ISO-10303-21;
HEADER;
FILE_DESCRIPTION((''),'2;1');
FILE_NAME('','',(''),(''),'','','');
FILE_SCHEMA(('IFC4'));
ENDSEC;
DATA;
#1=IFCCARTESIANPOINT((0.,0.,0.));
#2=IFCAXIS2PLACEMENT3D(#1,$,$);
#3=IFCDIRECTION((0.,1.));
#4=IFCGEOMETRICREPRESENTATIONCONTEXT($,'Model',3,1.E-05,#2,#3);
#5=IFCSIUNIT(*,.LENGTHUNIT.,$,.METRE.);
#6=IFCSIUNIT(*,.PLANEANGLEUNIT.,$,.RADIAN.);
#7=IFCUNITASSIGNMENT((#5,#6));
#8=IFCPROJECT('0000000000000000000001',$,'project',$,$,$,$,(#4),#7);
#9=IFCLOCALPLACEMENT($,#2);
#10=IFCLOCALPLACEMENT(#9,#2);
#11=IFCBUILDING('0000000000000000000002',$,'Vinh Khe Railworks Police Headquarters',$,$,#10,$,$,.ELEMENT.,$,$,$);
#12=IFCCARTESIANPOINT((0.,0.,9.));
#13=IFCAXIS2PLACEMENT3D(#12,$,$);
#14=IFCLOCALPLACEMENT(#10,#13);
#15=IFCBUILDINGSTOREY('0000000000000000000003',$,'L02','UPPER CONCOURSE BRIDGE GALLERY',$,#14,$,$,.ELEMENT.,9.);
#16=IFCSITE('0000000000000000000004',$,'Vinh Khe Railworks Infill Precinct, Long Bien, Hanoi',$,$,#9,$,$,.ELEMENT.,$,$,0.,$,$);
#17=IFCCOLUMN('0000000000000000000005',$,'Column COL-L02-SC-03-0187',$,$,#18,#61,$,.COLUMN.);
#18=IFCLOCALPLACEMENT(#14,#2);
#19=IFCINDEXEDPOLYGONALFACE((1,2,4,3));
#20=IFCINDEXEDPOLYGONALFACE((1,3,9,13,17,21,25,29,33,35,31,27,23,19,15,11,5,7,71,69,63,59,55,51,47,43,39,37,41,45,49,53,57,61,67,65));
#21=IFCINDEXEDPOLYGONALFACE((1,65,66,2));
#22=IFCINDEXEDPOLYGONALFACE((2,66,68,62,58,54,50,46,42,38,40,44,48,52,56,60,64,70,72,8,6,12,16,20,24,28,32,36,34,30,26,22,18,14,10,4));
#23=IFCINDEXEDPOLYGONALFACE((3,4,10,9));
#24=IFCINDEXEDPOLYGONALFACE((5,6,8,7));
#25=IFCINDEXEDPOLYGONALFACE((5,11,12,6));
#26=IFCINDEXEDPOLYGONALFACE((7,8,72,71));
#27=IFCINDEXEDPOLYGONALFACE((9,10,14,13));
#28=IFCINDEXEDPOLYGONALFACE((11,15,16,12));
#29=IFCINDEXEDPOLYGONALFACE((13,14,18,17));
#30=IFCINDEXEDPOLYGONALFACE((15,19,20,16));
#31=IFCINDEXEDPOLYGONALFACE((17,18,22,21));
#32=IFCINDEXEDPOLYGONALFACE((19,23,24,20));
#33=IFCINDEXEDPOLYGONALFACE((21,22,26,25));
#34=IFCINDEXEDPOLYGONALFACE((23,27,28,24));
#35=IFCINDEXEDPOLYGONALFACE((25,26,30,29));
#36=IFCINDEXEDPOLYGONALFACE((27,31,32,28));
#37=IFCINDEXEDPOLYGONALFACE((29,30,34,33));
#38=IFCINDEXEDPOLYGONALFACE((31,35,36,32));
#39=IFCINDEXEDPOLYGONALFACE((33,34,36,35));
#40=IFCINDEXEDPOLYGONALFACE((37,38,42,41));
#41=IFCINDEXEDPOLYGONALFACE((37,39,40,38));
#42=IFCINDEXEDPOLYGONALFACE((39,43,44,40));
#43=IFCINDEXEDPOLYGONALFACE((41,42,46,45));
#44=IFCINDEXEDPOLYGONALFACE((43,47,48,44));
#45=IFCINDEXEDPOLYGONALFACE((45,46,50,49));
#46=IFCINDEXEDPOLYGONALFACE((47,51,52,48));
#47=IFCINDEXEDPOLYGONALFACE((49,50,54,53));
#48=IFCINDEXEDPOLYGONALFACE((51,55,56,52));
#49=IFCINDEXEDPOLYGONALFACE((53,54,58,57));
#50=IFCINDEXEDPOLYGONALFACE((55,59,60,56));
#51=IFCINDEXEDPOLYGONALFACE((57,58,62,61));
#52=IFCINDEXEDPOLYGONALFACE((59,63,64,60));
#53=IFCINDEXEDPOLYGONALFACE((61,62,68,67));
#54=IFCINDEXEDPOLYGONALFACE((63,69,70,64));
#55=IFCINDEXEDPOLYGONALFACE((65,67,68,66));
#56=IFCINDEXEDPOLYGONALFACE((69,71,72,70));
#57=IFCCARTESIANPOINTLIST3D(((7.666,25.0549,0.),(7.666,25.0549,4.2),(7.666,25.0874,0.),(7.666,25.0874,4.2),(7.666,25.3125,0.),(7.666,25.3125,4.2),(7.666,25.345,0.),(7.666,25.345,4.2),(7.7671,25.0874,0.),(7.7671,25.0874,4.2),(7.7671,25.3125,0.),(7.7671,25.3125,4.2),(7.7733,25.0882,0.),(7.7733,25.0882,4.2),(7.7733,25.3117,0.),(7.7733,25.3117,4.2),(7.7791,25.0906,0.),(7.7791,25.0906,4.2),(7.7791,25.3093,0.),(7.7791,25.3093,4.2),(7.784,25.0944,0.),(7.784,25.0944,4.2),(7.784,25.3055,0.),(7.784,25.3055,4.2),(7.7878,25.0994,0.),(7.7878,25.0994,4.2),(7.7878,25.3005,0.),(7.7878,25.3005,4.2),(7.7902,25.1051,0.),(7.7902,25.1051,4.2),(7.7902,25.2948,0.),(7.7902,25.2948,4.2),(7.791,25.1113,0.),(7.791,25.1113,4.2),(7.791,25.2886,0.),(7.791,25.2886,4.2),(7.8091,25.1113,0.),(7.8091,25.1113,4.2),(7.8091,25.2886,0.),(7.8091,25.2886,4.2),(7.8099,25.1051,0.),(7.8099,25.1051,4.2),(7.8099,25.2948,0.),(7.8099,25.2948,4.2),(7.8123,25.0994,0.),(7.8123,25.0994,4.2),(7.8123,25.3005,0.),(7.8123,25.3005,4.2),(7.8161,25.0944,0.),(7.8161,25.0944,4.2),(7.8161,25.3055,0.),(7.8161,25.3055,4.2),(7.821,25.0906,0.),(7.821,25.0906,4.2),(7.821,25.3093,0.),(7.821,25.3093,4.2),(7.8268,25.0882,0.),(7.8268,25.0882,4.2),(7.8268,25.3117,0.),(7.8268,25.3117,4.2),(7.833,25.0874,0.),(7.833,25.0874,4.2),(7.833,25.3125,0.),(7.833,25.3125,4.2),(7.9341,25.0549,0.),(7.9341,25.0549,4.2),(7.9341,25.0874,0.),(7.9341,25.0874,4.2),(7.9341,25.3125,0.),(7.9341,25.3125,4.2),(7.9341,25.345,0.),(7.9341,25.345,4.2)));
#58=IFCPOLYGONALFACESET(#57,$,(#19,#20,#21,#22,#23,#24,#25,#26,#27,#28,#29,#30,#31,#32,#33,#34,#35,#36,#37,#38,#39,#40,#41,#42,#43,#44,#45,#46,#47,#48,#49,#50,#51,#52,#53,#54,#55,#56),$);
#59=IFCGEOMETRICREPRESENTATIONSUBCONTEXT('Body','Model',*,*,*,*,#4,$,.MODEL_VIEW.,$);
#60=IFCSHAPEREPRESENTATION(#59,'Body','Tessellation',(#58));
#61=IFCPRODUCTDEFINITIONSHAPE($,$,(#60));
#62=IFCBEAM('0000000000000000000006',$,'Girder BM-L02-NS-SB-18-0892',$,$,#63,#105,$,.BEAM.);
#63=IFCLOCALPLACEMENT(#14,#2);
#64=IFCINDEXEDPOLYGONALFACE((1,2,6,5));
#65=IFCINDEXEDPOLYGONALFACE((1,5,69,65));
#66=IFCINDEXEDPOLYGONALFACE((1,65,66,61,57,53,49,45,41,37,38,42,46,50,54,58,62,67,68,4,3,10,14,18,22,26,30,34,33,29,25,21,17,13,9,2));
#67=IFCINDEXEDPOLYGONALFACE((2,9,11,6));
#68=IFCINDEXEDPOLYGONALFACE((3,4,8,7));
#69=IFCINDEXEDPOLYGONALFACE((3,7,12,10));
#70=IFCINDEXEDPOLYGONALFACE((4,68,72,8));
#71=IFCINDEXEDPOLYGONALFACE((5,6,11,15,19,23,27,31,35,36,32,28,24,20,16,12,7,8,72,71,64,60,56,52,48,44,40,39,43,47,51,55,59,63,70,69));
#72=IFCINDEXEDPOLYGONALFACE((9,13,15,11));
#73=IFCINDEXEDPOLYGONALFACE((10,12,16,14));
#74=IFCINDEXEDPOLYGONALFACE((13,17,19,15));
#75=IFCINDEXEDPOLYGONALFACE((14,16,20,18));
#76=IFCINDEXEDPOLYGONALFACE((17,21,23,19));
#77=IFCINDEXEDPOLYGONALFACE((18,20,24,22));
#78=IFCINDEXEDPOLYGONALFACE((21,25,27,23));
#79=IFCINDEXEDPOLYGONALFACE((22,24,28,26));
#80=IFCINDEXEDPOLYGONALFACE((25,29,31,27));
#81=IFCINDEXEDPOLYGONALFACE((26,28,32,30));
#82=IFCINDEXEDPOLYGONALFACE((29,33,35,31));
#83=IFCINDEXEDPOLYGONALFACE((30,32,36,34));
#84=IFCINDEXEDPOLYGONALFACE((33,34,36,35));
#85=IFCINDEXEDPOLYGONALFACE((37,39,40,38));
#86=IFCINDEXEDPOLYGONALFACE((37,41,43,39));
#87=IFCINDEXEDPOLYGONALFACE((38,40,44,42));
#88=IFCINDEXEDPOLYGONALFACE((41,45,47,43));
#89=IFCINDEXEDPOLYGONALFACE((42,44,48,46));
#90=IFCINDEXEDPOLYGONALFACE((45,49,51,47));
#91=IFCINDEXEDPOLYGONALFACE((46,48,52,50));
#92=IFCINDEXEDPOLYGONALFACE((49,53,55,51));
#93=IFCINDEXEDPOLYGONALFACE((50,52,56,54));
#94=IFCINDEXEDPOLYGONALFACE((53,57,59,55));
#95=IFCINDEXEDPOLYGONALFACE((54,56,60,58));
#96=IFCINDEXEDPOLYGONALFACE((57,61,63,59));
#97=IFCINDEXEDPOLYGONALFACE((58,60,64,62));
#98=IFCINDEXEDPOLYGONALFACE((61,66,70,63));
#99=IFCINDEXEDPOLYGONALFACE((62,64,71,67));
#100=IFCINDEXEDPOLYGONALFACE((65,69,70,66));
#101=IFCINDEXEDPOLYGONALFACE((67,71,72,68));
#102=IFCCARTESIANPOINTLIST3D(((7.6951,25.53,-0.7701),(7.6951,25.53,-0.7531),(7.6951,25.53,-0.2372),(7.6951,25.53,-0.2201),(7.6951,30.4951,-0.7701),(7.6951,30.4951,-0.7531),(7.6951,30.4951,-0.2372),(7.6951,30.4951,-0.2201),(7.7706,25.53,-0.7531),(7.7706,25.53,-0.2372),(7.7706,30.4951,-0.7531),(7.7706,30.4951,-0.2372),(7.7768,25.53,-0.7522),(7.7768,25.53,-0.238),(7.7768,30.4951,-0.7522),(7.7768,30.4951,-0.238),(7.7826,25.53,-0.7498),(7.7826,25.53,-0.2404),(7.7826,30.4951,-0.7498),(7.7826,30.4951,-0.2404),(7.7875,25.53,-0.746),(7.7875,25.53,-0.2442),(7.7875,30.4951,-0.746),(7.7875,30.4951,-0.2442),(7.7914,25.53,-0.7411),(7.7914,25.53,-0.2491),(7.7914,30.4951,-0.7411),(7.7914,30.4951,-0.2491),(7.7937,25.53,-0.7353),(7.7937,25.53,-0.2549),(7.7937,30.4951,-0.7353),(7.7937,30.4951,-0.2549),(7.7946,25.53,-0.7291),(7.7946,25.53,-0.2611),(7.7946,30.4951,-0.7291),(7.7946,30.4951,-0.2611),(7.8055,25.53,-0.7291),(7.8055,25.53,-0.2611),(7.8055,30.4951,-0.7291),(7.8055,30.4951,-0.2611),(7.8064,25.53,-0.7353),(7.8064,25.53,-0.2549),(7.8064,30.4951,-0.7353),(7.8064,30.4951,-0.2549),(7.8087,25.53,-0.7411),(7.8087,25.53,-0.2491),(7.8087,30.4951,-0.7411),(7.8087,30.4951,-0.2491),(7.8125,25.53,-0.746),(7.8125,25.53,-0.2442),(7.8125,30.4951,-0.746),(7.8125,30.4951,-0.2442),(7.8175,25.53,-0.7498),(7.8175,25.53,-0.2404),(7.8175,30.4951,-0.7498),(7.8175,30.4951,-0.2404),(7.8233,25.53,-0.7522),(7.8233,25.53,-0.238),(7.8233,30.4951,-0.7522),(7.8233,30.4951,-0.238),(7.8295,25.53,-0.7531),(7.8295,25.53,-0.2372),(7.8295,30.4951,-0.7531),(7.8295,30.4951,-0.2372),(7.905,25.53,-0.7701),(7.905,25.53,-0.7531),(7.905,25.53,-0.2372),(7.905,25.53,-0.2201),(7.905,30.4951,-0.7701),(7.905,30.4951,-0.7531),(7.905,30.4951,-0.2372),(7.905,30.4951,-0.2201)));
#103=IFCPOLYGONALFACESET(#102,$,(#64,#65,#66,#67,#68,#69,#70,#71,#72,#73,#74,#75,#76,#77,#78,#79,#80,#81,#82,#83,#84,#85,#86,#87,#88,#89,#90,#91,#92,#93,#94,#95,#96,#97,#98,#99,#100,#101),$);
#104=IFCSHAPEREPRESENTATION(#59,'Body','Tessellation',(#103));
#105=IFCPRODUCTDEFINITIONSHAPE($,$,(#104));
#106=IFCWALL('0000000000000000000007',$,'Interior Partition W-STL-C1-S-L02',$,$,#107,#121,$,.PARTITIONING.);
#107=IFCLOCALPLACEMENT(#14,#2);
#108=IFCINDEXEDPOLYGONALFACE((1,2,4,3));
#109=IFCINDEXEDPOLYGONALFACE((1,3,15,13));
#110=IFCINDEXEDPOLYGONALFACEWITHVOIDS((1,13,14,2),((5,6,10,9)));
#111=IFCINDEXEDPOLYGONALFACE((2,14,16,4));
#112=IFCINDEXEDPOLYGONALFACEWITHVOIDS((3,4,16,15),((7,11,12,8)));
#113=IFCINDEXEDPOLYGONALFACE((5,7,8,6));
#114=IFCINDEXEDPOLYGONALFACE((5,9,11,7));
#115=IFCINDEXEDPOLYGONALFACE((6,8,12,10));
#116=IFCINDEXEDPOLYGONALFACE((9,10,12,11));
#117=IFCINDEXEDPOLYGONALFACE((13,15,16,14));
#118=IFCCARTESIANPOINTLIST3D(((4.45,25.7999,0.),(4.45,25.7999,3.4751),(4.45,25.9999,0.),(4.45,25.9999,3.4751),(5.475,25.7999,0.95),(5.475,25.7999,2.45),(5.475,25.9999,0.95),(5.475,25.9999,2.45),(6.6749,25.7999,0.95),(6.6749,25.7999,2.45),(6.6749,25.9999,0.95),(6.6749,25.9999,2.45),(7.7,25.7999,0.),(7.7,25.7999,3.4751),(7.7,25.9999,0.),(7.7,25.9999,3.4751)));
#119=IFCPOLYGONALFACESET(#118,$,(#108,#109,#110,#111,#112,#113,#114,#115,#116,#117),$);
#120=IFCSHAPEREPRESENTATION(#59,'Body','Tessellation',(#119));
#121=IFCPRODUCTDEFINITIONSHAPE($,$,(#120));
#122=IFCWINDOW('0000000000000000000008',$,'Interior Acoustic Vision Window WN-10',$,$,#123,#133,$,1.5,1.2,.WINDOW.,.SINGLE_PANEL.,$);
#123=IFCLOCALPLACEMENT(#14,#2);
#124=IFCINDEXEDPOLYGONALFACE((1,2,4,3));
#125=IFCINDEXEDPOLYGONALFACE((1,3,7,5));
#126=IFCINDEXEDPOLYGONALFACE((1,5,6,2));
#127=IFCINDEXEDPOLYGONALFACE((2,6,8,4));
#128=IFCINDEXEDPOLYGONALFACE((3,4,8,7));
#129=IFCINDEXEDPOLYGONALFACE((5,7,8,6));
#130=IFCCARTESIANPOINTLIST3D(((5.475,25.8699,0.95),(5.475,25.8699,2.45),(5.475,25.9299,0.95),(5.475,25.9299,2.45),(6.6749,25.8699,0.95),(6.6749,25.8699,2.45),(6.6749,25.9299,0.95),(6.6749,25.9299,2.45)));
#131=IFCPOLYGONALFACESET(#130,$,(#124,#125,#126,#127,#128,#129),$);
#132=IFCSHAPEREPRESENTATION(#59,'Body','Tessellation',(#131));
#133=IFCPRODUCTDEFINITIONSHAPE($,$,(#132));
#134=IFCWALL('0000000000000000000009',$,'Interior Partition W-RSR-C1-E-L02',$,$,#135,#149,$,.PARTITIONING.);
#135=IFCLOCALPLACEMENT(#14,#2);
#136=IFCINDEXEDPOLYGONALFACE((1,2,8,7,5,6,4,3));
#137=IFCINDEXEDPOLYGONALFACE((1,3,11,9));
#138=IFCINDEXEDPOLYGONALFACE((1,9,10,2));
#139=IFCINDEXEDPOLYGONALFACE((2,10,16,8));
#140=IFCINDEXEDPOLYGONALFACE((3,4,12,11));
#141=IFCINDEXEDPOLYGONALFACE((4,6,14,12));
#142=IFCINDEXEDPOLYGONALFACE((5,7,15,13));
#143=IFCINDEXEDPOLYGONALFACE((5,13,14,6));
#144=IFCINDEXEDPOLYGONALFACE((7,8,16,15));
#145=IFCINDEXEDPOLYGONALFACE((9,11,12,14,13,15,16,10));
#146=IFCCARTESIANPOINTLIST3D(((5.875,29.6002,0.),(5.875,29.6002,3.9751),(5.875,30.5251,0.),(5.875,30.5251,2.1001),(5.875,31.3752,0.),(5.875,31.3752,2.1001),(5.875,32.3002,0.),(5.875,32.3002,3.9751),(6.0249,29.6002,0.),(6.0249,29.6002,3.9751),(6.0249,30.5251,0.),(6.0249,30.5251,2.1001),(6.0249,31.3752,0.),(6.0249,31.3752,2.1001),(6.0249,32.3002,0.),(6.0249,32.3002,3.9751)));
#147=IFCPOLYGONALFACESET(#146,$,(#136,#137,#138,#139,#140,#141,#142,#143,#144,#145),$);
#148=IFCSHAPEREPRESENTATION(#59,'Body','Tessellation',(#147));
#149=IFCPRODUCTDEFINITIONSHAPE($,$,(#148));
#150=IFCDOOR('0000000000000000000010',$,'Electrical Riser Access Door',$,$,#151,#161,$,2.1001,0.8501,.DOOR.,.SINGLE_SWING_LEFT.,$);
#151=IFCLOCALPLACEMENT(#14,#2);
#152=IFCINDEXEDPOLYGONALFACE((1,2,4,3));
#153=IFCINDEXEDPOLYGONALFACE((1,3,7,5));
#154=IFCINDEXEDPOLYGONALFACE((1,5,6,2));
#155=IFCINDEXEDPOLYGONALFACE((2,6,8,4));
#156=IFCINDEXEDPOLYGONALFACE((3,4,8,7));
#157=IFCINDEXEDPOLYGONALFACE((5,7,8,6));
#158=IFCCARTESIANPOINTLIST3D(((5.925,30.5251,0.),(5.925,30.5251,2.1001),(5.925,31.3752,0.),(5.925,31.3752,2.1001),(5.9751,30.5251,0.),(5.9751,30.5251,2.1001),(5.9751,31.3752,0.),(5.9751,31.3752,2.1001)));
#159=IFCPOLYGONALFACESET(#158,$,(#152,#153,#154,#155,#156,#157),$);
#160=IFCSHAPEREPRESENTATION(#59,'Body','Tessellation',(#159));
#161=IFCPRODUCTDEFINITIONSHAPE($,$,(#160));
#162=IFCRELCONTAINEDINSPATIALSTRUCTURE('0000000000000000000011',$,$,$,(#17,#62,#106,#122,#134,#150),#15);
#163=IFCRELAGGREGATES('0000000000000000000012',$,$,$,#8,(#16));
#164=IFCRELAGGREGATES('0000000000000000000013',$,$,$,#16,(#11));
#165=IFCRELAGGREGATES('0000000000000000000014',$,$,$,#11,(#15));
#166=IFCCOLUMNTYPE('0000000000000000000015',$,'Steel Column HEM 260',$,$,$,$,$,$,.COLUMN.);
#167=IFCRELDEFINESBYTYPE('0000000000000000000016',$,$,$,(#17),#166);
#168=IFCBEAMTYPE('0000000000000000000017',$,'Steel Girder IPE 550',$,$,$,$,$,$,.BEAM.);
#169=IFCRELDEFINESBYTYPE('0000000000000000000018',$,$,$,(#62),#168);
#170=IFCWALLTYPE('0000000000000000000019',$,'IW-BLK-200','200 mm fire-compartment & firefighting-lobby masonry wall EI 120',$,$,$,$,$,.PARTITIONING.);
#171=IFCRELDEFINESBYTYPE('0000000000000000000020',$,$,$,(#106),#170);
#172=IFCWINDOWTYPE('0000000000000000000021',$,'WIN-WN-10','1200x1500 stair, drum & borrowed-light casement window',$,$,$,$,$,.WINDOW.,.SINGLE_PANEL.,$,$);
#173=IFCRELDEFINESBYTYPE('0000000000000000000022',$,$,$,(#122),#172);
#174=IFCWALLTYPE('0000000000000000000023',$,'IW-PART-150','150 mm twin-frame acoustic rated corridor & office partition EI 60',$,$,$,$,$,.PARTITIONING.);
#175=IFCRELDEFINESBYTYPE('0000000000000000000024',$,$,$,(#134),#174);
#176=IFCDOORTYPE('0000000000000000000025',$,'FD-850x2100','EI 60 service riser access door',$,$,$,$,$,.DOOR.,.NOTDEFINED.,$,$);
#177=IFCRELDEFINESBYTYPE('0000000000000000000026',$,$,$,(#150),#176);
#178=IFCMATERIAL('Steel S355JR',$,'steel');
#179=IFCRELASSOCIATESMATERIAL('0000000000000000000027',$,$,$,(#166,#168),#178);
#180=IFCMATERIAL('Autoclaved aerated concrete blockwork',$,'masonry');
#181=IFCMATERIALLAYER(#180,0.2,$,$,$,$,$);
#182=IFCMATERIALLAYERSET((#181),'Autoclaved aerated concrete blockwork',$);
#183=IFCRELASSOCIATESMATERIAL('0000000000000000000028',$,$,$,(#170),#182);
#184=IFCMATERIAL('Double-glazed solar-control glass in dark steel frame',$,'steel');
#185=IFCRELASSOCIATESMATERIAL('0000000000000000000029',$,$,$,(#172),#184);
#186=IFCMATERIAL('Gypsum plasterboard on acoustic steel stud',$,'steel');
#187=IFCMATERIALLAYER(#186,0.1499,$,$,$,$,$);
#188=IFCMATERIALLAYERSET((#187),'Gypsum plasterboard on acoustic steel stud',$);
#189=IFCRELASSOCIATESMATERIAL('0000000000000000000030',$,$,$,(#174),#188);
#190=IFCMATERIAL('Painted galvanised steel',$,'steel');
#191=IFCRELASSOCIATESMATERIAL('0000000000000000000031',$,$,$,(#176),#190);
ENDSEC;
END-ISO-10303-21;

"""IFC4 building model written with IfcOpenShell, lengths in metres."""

from ifc_helpers import new_model, si_unit, direction, frame, frame_2d, origin, origin_2d, place, context, subcontext, project, spatial, rectangle, i_section, extrude, material, layer, layer_set, material_profile, profile_set, type_object, element, fill, save


model = new_model("IFC4")

# Units and contexts
model_context = context("Model", 3, precision=1e-05, world=origin(), true_north=direction((0.0, 1.0)))
body_context = subcontext(model_context, "Body", "Model", "MODEL_VIEW")
ifc_project = project(units=[si_unit("LENGTHUNIT", "METRE"), si_unit("PLANEANGLEUNIT", "RADIAN")], contexts=[model_context])

# Site, building, storey
site_placement = place(None, origin())
site = spatial("IfcSite", under=ifc_project, at=site_placement, Name="Vinh Khe Railworks Infill Precinct, Long Bien, Hanoi", CompositionType="ELEMENT", RefElevation=0.0)
building_placement = place(site_placement, origin())
building = spatial("IfcBuilding", under=site, at=building_placement, Name="Vinh Khe Railworks Police Headquarters", CompositionType="ELEMENT")
storey_placement = place(building_placement, frame((0.0, 0.0, 9.0)))
storey = spatial("IfcBuildingStorey", under=building, at=storey_placement, Name="L02", Description="UPPER CONCOURSE BRIDGE GALLERY", CompositionType="ELEMENT", Elevation=9.0)

# Column
ifc_material_1 = material(Name="Steel S355JR", Category="steel")
ifc_material_profile_1 = material_profile(ifc_material_1, i_section(OverallWidth=0.2681, OverallDepth=0.29, WebThickness=0.0181, FlangeThickness=0.0325, FilletRadius=0.0239, at=origin_2d()), Name="HEM 260")
ifc_profile_set_1 = profile_set([ifc_material_profile_1], Name="Steel S355JR")
column_type = type_object("IfcColumnType", Name="Steel Column HEM 260", PredefinedType="COLUMN", material=ifc_profile_set_1)
column_placement = place(storey_placement, frame((7.8, 25.2, 0.0), z_axis=(0.0, 0.0, 1.0), x_axis=(1.0, 0.0, 0.0)))
element("IfcColumn", 1, at=column_placement, inside=storey, type_object=column_type, Name="Column COL-L02-SC-03-0187", PredefinedType="COLUMN", context=body_context, shape_type="SweptSolid", body=[
    extrude(i_section(OverallWidth=0.2681, OverallDepth=0.29, WebThickness=0.0181, FlangeThickness=0.0325, FilletRadius=0.0239, at=origin_2d()), origin(), (0.0, 0.0, 1.0), 4.2),
])

# Beam
ifc_material_profile_2 = material_profile(ifc_material_1, i_section(OverallWidth=0.21, OverallDepth=0.55, WebThickness=0.011, FlangeThickness=0.0171, FilletRadius=0.0239, at=origin_2d()), Name="IPE 550")
ifc_profile_set_2 = profile_set([ifc_material_profile_2], Name="Steel S355JR")
beam_type = type_object("IfcBeamType", Name="Steel Girder IPE 550", PredefinedType="BEAM", material=ifc_profile_set_2)
beam_placement = place(storey_placement, frame((7.8, 25.53, -0.4951), z_axis=(0.0, 1.0, 0.0), x_axis=(-1.0, 0.0, 0.0)))
element("IfcBeam", 2, at=beam_placement, inside=storey, type_object=beam_type, Name="Girder BM-L02-NS-SB-18-0892", PredefinedType="BEAM", context=body_context, shape_type="SweptSolid", body=[
    extrude(i_section(OverallWidth=0.21, OverallDepth=0.55, WebThickness=0.011, FlangeThickness=0.0171, FilletRadius=0.0239, at=origin_2d()), origin(), (0.0, 0.0, 1.0), 4.9651),
])

# Shared definitions
ifc_material_2 = material(Name="Painted galvanised steel", Category="steel")

# Wall, opening, window
ifc_material_3 = material(Name="Autoclaved aerated concrete blockwork", Category="masonry")
ifc_layer_1 = layer(ifc_material_3, 0.2)
ifc_layer_set_1 = layer_set([ifc_layer_1], Name="Autoclaved aerated concrete blockwork")
wall_type_1 = type_object("IfcWallType", Name="IW-BLK-200", Description="200 mm fire-compartment & firefighting-lobby masonry wall EI 120", PredefinedType="PARTITIONING", material=ifc_layer_set_1)
wall_1_placement = place(storey_placement, frame((4.45, 25.8999, 0.0), z_axis=(0.0, 0.0, 1.0), x_axis=(1.0, 0.0, 0.0)))
wall_1 = element("IfcWall", 3, at=wall_1_placement, inside=storey, type_object=wall_type_1, Name="Interior Partition W-STL-C1-S-L02", PredefinedType="PARTITIONING", context=body_context, shape_type="SweptSolid", body=[
    extrude(rectangle(XDim=3.25, YDim=0.2, at=frame_2d((1.625, 0.0))), origin(), (0.0, 0.0, 1.0), 3.4751),
])
opening_1_placement = place(wall_1_placement, frame((1.0249, 0.0, 0.95)))
opening_1 = element("IfcOpeningElement", 4, at=opening_1_placement, cuts=wall_1, PredefinedType="OPENING", context=body_context, shape_type="SweptSolid", body=[
    extrude(rectangle(XDim=1.2, YDim=1.5, at=frame_2d((0.6001, 0.75))), frame((0.0, 0.1147, 0.0), z_axis=(0.0, -1.0, 0.0), x_axis=(1.0, 0.0, 0.0)), (0.0, 0.0, 1.0), 0.2297),
])
ifc_material_4 = material(Name="Double-glazed solar-control glass in dark steel frame", Category="steel")
window_type = type_object("IfcWindowType", Name="WIN-WN-10", Description="1200x1500 stair, drum & borrowed-light casement window", PartitioningType="SINGLE_PANEL", PredefinedType="WINDOW", material=ifc_material_4)
window_placement = place(opening_1_placement, origin())
window = element("IfcWindow", 5, at=window_placement, inside=storey, type_object=window_type, Name="Interior Acoustic Vision Window WN-10", OverallHeight=1.5, OverallWidth=1.2, PartitioningType="SINGLE_PANEL", PredefinedType="WINDOW", context=body_context, shape_type="SweptSolid", body=[
    extrude(rectangle(XDim=1.2, YDim=1.5, at=frame_2d((0.6001, 0.75))), frame((0.0, 0.03, 0.0), z_axis=(0.0, -1.0, 0.0), x_axis=(1.0, 0.0, 0.0)), (0.0, 0.0, 1.0), 0.0601),
])
fill(opening_1, window)

# Wall, opening, door
ifc_material_5 = material(Name="Gypsum plasterboard on acoustic steel stud", Category="steel")
ifc_layer_2 = layer(ifc_material_5, 0.1499)
ifc_layer_set_2 = layer_set([ifc_layer_2], Name="Gypsum plasterboard on acoustic steel stud")
wall_type_2 = type_object("IfcWallType", Name="IW-PART-150", Description="150 mm twin-frame acoustic rated corridor & office partition EI 60", PredefinedType="PARTITIONING", material=ifc_layer_set_2)
wall_2_placement = place(storey_placement, frame((5.95, 29.6001, 0.0), z_axis=(0.0, 0.0, 1.0), x_axis=(0.0, 1.0, 0.0)))
wall_2 = element("IfcWall", 6, at=wall_2_placement, inside=storey, type_object=wall_type_2, Name="Interior Partition W-RSR-C1-E-L02", PredefinedType="PARTITIONING", context=body_context, shape_type="SweptSolid", body=[
    extrude(rectangle(XDim=2.7, YDim=0.1499, at=frame_2d((1.3501, 0.0))), origin(), (0.0, 0.0, 1.0), 3.9751),
])
opening_2_placement = place(wall_2_placement, frame((0.925, 0.0, 0.0)))
opening_2 = element("IfcOpeningElement", 7, at=opening_2_placement, cuts=wall_2, PredefinedType="OPENING", context=body_context, shape_type="SweptSolid", body=[
    extrude(rectangle(XDim=0.8501, YDim=2.1001, at=frame_2d((0.425, 1.05))), frame((0.0, 0.0898, 0.0), z_axis=(0.0, -1.0, 0.0), x_axis=(1.0, 0.0, 0.0)), (0.0, 0.0, 1.0), 0.1797),
])
door_type_1 = type_object("IfcDoorType", Name="FD-850x2100", Description="EI 60 service riser access door", OperationType="NOTDEFINED", PredefinedType="DOOR", material=ifc_material_2)
door_1_placement = place(opening_2_placement, origin())
door_1 = element("IfcDoor", 8, at=door_1_placement, inside=storey, type_object=door_type_1, Name="Electrical Riser Access Door", OperationType="SINGLE_SWING_LEFT", OverallHeight=2.1001, OverallWidth=0.8501, PredefinedType="DOOR", context=body_context, shape_type="SweptSolid", body=[
    extrude(rectangle(XDim=0.8501, YDim=2.1001, at=frame_2d((0.425, 1.05))), frame((0.0, 0.0249, 0.0), z_axis=(0.0, -1.0, 0.0), x_axis=(1.0, 0.0, 0.0)), (0.0, 0.0, 1.0), 0.05),
])
fill(opening_2, door_1)

save(model, "model.ifc")
